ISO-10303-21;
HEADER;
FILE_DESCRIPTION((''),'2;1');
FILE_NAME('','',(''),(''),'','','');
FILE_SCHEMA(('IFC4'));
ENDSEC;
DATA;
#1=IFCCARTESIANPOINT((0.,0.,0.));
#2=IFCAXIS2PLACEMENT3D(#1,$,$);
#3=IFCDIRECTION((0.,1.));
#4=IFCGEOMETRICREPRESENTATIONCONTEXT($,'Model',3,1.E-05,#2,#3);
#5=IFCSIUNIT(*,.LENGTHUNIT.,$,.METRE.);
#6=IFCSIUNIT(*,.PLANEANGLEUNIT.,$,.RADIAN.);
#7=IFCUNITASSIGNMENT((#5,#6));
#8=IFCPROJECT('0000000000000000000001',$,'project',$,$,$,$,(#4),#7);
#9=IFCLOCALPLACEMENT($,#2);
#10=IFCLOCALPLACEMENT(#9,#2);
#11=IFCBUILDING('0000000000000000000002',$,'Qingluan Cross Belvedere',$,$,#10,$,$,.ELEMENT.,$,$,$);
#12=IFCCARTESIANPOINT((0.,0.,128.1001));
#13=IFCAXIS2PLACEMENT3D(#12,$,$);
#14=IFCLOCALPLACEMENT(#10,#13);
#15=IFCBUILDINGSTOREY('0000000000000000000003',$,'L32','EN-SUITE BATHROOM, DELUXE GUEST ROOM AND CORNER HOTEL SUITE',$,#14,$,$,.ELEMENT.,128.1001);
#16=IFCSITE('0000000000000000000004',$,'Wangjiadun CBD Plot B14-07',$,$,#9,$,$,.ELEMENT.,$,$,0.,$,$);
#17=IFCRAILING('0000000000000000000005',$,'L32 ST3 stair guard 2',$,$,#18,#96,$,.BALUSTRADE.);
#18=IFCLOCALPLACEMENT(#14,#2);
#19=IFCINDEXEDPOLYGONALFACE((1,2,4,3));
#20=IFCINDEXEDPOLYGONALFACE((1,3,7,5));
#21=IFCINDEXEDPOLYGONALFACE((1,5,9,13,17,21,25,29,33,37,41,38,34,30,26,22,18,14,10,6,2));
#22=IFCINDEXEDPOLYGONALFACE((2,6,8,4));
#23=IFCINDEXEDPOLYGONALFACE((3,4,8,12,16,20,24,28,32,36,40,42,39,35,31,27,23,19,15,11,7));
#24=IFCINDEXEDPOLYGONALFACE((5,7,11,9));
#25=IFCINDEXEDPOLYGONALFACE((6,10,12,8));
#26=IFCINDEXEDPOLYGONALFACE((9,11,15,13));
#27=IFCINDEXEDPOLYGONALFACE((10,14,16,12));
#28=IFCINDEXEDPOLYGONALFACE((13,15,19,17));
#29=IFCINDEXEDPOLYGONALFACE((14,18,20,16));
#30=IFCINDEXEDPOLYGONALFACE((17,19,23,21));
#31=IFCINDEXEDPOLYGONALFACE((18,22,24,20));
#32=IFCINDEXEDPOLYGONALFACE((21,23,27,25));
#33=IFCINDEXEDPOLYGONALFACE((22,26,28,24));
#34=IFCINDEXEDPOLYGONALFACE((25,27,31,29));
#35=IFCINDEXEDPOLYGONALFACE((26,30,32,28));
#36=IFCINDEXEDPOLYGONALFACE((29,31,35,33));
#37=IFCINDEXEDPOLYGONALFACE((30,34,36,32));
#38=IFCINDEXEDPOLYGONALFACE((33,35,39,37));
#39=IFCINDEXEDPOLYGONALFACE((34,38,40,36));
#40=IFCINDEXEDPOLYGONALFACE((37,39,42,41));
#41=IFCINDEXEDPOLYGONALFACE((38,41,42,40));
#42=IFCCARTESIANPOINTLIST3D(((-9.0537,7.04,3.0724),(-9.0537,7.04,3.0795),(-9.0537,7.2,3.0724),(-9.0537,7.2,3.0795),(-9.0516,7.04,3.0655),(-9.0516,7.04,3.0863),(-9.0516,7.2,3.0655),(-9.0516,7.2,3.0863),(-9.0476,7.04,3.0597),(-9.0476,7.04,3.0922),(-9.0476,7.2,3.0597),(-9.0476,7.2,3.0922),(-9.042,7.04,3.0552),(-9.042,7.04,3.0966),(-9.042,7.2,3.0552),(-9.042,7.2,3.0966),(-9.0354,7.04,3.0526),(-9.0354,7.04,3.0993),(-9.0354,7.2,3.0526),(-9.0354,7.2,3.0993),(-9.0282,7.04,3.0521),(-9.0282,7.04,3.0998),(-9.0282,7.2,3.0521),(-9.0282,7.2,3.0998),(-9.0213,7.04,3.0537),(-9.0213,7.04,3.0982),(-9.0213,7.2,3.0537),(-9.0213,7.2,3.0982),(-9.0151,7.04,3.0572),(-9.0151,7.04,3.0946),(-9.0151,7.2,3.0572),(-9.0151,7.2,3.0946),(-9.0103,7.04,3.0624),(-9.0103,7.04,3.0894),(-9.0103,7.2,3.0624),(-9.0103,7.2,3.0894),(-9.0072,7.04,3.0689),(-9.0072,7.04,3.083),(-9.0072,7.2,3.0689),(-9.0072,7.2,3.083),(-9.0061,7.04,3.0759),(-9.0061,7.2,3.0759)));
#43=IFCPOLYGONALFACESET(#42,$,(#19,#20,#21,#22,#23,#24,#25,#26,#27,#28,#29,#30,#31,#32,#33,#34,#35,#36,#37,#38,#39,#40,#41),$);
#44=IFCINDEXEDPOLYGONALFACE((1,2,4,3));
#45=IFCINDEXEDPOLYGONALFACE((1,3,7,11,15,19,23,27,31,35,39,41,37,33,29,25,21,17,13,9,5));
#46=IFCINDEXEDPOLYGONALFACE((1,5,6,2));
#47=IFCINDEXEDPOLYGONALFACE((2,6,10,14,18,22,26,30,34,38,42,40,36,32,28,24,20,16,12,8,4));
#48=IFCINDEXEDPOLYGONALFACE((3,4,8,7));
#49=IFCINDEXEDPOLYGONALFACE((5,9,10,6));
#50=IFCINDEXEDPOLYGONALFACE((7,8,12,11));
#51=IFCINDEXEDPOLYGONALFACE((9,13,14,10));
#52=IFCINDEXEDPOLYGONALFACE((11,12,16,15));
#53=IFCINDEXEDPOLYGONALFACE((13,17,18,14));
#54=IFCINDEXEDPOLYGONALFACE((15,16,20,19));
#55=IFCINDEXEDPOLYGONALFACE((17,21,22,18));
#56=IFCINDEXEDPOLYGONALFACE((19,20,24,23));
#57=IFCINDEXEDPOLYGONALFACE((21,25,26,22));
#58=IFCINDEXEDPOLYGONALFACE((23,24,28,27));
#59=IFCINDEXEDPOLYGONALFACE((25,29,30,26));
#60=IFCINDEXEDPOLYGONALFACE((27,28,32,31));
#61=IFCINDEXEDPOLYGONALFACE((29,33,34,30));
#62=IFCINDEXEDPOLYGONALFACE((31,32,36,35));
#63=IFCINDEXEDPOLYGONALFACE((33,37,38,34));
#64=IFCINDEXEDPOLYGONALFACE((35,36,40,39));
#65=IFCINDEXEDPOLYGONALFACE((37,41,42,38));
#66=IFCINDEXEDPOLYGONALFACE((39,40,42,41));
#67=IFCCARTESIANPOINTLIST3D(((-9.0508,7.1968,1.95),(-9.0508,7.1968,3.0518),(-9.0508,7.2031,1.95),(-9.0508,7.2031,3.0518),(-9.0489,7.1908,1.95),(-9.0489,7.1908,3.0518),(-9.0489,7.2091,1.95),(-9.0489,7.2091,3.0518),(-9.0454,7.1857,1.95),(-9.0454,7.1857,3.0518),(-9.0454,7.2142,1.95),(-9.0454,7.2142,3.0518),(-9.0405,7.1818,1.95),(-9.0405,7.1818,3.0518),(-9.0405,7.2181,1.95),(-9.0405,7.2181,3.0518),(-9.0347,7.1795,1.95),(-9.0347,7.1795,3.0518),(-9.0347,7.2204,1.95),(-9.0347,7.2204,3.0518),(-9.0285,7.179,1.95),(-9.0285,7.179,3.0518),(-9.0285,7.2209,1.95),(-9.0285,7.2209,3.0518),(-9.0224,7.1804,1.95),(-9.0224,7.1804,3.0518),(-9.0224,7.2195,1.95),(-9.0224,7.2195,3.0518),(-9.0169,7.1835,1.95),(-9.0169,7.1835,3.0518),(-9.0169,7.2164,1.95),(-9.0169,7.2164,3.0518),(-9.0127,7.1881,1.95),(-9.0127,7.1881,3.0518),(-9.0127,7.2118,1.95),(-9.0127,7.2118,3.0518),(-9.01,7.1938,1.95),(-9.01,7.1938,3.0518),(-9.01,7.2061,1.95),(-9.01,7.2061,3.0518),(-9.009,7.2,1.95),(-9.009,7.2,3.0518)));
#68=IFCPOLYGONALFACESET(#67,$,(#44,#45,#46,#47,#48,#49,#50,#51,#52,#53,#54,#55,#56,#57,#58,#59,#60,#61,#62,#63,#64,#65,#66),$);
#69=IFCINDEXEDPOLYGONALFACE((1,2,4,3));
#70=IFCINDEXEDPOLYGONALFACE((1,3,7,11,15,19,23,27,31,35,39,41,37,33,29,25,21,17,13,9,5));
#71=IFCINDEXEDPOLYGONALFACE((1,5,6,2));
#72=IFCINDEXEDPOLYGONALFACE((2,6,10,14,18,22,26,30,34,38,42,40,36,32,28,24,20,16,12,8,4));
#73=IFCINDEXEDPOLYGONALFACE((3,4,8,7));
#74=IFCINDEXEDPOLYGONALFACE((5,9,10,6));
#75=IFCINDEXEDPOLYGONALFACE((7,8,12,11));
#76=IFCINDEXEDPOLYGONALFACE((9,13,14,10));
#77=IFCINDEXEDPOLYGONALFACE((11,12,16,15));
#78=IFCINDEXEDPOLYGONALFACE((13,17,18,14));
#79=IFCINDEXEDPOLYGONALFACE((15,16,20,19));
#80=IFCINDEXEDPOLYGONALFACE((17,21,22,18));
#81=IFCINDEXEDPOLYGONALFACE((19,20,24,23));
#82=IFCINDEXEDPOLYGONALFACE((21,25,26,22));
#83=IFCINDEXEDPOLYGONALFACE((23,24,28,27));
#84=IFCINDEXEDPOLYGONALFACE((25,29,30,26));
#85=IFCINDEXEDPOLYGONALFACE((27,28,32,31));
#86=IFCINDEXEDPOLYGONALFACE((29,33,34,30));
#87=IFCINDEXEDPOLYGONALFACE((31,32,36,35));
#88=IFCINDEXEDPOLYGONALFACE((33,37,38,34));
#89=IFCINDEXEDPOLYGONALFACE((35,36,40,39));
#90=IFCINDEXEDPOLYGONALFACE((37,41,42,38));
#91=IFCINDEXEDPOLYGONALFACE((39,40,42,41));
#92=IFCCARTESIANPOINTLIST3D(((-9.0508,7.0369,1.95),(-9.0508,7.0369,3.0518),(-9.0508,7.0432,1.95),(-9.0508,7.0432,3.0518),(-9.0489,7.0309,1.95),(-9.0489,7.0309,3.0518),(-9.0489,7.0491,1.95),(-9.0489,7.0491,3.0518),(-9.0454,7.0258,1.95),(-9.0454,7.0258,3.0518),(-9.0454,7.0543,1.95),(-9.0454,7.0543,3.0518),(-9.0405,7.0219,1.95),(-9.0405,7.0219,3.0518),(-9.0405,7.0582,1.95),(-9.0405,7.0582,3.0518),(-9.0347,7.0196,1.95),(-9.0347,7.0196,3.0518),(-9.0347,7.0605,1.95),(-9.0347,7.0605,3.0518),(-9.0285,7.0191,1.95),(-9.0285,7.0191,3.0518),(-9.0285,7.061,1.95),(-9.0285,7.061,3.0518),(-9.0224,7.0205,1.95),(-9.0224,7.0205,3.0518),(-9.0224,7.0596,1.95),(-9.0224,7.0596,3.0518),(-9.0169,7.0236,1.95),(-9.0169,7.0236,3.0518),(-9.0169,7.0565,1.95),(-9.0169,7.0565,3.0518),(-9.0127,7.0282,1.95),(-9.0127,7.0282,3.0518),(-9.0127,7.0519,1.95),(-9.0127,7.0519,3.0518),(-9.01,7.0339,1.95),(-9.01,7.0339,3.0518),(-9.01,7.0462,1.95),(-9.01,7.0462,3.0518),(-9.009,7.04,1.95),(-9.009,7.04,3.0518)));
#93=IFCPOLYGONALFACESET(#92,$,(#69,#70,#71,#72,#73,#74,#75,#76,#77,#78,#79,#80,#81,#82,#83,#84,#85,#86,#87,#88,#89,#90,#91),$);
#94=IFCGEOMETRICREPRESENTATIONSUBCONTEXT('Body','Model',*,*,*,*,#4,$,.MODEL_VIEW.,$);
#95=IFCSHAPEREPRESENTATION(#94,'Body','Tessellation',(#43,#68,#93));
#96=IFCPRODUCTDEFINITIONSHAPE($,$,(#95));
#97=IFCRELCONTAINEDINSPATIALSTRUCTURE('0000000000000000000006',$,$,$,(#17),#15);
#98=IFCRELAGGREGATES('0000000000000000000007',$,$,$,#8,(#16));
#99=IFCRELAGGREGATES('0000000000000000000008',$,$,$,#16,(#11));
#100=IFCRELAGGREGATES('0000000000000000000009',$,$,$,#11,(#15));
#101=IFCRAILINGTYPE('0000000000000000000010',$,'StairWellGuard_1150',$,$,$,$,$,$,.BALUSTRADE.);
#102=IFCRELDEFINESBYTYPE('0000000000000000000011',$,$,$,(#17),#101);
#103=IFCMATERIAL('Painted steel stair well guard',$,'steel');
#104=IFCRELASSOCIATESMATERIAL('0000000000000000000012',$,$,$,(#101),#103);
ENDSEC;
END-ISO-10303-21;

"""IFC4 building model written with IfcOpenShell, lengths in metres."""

from ifc_helpers import new_model, si_unit, direction, frame, origin, origin_2d, place, context, subcontext, project, spatial, circle, extrude, material, type_object, element, save


model = new_model("IFC4")

# Units and contexts
model_context = context("Model", 3, precision=1e-05, world=origin(), true_north=direction((0.0, 1.0)))
body_context = subcontext(model_context, "Body", "Model", "MODEL_VIEW")
ifc_project = project(units=[si_unit("LENGTHUNIT", "METRE"), si_unit("PLANEANGLEUNIT", "RADIAN")], contexts=[model_context])

# Site, building, storey
site_placement = place(None, origin())
site = spatial("IfcSite", under=ifc_project, at=site_placement, Name="Wangjiadun CBD Plot B14-07", CompositionType="ELEMENT", RefElevation=0.0)
building_placement = place(site_placement, origin())
building = spatial("IfcBuilding", under=site, at=building_placement, Name="Qingluan Cross Belvedere", CompositionType="ELEMENT")
storey_placement = place(building_placement, frame((0.0, 0.0, 128.1001)))
storey = spatial("IfcBuildingStorey", under=building, at=storey_placement, Name="L32", Description="EN-SUITE BATHROOM, DELUXE GUEST ROOM AND CORNER HOTEL SUITE", CompositionType="ELEMENT", Elevation=128.1001)

# Railing
ifc_material_1 = material(Name="Painted steel stair well guard", Category="steel")
railing_type_1 = type_object("IfcRailingType", Name="StairWellGuard_1150", PredefinedType="BALUSTRADE", material=ifc_material_1)
railing_1_placement = place(storey_placement, frame((-9.03, 7.2, 1.95)))
element("IfcRailing", 1, at=railing_1_placement, inside=storey, type_object=railing_type_1, Name="L32 ST3 stair guard 2", PredefinedType="BALUSTRADE", context=body_context, shape_type="SweptSolid", body=[
    extrude(circle(Radius=0.0239, at=origin_2d()), frame((0.0, 0.0, 1.126), z_axis=(0.0, -1.0, 0.0), x_axis=(1.0, 0.0, 0.0)), (0.0, 0.0, 1.0), 0.1599),
    extrude(circle(Radius=0.021, at=origin_2d()), origin(), (0.0, 0.0, 1.0), 1.1018),
    extrude(circle(Radius=0.021, at=origin_2d()), frame((0.0, -0.1599, 0.0)), (0.0, 0.0, 1.0), 1.1018),
])

save(model, "model.ifc")
